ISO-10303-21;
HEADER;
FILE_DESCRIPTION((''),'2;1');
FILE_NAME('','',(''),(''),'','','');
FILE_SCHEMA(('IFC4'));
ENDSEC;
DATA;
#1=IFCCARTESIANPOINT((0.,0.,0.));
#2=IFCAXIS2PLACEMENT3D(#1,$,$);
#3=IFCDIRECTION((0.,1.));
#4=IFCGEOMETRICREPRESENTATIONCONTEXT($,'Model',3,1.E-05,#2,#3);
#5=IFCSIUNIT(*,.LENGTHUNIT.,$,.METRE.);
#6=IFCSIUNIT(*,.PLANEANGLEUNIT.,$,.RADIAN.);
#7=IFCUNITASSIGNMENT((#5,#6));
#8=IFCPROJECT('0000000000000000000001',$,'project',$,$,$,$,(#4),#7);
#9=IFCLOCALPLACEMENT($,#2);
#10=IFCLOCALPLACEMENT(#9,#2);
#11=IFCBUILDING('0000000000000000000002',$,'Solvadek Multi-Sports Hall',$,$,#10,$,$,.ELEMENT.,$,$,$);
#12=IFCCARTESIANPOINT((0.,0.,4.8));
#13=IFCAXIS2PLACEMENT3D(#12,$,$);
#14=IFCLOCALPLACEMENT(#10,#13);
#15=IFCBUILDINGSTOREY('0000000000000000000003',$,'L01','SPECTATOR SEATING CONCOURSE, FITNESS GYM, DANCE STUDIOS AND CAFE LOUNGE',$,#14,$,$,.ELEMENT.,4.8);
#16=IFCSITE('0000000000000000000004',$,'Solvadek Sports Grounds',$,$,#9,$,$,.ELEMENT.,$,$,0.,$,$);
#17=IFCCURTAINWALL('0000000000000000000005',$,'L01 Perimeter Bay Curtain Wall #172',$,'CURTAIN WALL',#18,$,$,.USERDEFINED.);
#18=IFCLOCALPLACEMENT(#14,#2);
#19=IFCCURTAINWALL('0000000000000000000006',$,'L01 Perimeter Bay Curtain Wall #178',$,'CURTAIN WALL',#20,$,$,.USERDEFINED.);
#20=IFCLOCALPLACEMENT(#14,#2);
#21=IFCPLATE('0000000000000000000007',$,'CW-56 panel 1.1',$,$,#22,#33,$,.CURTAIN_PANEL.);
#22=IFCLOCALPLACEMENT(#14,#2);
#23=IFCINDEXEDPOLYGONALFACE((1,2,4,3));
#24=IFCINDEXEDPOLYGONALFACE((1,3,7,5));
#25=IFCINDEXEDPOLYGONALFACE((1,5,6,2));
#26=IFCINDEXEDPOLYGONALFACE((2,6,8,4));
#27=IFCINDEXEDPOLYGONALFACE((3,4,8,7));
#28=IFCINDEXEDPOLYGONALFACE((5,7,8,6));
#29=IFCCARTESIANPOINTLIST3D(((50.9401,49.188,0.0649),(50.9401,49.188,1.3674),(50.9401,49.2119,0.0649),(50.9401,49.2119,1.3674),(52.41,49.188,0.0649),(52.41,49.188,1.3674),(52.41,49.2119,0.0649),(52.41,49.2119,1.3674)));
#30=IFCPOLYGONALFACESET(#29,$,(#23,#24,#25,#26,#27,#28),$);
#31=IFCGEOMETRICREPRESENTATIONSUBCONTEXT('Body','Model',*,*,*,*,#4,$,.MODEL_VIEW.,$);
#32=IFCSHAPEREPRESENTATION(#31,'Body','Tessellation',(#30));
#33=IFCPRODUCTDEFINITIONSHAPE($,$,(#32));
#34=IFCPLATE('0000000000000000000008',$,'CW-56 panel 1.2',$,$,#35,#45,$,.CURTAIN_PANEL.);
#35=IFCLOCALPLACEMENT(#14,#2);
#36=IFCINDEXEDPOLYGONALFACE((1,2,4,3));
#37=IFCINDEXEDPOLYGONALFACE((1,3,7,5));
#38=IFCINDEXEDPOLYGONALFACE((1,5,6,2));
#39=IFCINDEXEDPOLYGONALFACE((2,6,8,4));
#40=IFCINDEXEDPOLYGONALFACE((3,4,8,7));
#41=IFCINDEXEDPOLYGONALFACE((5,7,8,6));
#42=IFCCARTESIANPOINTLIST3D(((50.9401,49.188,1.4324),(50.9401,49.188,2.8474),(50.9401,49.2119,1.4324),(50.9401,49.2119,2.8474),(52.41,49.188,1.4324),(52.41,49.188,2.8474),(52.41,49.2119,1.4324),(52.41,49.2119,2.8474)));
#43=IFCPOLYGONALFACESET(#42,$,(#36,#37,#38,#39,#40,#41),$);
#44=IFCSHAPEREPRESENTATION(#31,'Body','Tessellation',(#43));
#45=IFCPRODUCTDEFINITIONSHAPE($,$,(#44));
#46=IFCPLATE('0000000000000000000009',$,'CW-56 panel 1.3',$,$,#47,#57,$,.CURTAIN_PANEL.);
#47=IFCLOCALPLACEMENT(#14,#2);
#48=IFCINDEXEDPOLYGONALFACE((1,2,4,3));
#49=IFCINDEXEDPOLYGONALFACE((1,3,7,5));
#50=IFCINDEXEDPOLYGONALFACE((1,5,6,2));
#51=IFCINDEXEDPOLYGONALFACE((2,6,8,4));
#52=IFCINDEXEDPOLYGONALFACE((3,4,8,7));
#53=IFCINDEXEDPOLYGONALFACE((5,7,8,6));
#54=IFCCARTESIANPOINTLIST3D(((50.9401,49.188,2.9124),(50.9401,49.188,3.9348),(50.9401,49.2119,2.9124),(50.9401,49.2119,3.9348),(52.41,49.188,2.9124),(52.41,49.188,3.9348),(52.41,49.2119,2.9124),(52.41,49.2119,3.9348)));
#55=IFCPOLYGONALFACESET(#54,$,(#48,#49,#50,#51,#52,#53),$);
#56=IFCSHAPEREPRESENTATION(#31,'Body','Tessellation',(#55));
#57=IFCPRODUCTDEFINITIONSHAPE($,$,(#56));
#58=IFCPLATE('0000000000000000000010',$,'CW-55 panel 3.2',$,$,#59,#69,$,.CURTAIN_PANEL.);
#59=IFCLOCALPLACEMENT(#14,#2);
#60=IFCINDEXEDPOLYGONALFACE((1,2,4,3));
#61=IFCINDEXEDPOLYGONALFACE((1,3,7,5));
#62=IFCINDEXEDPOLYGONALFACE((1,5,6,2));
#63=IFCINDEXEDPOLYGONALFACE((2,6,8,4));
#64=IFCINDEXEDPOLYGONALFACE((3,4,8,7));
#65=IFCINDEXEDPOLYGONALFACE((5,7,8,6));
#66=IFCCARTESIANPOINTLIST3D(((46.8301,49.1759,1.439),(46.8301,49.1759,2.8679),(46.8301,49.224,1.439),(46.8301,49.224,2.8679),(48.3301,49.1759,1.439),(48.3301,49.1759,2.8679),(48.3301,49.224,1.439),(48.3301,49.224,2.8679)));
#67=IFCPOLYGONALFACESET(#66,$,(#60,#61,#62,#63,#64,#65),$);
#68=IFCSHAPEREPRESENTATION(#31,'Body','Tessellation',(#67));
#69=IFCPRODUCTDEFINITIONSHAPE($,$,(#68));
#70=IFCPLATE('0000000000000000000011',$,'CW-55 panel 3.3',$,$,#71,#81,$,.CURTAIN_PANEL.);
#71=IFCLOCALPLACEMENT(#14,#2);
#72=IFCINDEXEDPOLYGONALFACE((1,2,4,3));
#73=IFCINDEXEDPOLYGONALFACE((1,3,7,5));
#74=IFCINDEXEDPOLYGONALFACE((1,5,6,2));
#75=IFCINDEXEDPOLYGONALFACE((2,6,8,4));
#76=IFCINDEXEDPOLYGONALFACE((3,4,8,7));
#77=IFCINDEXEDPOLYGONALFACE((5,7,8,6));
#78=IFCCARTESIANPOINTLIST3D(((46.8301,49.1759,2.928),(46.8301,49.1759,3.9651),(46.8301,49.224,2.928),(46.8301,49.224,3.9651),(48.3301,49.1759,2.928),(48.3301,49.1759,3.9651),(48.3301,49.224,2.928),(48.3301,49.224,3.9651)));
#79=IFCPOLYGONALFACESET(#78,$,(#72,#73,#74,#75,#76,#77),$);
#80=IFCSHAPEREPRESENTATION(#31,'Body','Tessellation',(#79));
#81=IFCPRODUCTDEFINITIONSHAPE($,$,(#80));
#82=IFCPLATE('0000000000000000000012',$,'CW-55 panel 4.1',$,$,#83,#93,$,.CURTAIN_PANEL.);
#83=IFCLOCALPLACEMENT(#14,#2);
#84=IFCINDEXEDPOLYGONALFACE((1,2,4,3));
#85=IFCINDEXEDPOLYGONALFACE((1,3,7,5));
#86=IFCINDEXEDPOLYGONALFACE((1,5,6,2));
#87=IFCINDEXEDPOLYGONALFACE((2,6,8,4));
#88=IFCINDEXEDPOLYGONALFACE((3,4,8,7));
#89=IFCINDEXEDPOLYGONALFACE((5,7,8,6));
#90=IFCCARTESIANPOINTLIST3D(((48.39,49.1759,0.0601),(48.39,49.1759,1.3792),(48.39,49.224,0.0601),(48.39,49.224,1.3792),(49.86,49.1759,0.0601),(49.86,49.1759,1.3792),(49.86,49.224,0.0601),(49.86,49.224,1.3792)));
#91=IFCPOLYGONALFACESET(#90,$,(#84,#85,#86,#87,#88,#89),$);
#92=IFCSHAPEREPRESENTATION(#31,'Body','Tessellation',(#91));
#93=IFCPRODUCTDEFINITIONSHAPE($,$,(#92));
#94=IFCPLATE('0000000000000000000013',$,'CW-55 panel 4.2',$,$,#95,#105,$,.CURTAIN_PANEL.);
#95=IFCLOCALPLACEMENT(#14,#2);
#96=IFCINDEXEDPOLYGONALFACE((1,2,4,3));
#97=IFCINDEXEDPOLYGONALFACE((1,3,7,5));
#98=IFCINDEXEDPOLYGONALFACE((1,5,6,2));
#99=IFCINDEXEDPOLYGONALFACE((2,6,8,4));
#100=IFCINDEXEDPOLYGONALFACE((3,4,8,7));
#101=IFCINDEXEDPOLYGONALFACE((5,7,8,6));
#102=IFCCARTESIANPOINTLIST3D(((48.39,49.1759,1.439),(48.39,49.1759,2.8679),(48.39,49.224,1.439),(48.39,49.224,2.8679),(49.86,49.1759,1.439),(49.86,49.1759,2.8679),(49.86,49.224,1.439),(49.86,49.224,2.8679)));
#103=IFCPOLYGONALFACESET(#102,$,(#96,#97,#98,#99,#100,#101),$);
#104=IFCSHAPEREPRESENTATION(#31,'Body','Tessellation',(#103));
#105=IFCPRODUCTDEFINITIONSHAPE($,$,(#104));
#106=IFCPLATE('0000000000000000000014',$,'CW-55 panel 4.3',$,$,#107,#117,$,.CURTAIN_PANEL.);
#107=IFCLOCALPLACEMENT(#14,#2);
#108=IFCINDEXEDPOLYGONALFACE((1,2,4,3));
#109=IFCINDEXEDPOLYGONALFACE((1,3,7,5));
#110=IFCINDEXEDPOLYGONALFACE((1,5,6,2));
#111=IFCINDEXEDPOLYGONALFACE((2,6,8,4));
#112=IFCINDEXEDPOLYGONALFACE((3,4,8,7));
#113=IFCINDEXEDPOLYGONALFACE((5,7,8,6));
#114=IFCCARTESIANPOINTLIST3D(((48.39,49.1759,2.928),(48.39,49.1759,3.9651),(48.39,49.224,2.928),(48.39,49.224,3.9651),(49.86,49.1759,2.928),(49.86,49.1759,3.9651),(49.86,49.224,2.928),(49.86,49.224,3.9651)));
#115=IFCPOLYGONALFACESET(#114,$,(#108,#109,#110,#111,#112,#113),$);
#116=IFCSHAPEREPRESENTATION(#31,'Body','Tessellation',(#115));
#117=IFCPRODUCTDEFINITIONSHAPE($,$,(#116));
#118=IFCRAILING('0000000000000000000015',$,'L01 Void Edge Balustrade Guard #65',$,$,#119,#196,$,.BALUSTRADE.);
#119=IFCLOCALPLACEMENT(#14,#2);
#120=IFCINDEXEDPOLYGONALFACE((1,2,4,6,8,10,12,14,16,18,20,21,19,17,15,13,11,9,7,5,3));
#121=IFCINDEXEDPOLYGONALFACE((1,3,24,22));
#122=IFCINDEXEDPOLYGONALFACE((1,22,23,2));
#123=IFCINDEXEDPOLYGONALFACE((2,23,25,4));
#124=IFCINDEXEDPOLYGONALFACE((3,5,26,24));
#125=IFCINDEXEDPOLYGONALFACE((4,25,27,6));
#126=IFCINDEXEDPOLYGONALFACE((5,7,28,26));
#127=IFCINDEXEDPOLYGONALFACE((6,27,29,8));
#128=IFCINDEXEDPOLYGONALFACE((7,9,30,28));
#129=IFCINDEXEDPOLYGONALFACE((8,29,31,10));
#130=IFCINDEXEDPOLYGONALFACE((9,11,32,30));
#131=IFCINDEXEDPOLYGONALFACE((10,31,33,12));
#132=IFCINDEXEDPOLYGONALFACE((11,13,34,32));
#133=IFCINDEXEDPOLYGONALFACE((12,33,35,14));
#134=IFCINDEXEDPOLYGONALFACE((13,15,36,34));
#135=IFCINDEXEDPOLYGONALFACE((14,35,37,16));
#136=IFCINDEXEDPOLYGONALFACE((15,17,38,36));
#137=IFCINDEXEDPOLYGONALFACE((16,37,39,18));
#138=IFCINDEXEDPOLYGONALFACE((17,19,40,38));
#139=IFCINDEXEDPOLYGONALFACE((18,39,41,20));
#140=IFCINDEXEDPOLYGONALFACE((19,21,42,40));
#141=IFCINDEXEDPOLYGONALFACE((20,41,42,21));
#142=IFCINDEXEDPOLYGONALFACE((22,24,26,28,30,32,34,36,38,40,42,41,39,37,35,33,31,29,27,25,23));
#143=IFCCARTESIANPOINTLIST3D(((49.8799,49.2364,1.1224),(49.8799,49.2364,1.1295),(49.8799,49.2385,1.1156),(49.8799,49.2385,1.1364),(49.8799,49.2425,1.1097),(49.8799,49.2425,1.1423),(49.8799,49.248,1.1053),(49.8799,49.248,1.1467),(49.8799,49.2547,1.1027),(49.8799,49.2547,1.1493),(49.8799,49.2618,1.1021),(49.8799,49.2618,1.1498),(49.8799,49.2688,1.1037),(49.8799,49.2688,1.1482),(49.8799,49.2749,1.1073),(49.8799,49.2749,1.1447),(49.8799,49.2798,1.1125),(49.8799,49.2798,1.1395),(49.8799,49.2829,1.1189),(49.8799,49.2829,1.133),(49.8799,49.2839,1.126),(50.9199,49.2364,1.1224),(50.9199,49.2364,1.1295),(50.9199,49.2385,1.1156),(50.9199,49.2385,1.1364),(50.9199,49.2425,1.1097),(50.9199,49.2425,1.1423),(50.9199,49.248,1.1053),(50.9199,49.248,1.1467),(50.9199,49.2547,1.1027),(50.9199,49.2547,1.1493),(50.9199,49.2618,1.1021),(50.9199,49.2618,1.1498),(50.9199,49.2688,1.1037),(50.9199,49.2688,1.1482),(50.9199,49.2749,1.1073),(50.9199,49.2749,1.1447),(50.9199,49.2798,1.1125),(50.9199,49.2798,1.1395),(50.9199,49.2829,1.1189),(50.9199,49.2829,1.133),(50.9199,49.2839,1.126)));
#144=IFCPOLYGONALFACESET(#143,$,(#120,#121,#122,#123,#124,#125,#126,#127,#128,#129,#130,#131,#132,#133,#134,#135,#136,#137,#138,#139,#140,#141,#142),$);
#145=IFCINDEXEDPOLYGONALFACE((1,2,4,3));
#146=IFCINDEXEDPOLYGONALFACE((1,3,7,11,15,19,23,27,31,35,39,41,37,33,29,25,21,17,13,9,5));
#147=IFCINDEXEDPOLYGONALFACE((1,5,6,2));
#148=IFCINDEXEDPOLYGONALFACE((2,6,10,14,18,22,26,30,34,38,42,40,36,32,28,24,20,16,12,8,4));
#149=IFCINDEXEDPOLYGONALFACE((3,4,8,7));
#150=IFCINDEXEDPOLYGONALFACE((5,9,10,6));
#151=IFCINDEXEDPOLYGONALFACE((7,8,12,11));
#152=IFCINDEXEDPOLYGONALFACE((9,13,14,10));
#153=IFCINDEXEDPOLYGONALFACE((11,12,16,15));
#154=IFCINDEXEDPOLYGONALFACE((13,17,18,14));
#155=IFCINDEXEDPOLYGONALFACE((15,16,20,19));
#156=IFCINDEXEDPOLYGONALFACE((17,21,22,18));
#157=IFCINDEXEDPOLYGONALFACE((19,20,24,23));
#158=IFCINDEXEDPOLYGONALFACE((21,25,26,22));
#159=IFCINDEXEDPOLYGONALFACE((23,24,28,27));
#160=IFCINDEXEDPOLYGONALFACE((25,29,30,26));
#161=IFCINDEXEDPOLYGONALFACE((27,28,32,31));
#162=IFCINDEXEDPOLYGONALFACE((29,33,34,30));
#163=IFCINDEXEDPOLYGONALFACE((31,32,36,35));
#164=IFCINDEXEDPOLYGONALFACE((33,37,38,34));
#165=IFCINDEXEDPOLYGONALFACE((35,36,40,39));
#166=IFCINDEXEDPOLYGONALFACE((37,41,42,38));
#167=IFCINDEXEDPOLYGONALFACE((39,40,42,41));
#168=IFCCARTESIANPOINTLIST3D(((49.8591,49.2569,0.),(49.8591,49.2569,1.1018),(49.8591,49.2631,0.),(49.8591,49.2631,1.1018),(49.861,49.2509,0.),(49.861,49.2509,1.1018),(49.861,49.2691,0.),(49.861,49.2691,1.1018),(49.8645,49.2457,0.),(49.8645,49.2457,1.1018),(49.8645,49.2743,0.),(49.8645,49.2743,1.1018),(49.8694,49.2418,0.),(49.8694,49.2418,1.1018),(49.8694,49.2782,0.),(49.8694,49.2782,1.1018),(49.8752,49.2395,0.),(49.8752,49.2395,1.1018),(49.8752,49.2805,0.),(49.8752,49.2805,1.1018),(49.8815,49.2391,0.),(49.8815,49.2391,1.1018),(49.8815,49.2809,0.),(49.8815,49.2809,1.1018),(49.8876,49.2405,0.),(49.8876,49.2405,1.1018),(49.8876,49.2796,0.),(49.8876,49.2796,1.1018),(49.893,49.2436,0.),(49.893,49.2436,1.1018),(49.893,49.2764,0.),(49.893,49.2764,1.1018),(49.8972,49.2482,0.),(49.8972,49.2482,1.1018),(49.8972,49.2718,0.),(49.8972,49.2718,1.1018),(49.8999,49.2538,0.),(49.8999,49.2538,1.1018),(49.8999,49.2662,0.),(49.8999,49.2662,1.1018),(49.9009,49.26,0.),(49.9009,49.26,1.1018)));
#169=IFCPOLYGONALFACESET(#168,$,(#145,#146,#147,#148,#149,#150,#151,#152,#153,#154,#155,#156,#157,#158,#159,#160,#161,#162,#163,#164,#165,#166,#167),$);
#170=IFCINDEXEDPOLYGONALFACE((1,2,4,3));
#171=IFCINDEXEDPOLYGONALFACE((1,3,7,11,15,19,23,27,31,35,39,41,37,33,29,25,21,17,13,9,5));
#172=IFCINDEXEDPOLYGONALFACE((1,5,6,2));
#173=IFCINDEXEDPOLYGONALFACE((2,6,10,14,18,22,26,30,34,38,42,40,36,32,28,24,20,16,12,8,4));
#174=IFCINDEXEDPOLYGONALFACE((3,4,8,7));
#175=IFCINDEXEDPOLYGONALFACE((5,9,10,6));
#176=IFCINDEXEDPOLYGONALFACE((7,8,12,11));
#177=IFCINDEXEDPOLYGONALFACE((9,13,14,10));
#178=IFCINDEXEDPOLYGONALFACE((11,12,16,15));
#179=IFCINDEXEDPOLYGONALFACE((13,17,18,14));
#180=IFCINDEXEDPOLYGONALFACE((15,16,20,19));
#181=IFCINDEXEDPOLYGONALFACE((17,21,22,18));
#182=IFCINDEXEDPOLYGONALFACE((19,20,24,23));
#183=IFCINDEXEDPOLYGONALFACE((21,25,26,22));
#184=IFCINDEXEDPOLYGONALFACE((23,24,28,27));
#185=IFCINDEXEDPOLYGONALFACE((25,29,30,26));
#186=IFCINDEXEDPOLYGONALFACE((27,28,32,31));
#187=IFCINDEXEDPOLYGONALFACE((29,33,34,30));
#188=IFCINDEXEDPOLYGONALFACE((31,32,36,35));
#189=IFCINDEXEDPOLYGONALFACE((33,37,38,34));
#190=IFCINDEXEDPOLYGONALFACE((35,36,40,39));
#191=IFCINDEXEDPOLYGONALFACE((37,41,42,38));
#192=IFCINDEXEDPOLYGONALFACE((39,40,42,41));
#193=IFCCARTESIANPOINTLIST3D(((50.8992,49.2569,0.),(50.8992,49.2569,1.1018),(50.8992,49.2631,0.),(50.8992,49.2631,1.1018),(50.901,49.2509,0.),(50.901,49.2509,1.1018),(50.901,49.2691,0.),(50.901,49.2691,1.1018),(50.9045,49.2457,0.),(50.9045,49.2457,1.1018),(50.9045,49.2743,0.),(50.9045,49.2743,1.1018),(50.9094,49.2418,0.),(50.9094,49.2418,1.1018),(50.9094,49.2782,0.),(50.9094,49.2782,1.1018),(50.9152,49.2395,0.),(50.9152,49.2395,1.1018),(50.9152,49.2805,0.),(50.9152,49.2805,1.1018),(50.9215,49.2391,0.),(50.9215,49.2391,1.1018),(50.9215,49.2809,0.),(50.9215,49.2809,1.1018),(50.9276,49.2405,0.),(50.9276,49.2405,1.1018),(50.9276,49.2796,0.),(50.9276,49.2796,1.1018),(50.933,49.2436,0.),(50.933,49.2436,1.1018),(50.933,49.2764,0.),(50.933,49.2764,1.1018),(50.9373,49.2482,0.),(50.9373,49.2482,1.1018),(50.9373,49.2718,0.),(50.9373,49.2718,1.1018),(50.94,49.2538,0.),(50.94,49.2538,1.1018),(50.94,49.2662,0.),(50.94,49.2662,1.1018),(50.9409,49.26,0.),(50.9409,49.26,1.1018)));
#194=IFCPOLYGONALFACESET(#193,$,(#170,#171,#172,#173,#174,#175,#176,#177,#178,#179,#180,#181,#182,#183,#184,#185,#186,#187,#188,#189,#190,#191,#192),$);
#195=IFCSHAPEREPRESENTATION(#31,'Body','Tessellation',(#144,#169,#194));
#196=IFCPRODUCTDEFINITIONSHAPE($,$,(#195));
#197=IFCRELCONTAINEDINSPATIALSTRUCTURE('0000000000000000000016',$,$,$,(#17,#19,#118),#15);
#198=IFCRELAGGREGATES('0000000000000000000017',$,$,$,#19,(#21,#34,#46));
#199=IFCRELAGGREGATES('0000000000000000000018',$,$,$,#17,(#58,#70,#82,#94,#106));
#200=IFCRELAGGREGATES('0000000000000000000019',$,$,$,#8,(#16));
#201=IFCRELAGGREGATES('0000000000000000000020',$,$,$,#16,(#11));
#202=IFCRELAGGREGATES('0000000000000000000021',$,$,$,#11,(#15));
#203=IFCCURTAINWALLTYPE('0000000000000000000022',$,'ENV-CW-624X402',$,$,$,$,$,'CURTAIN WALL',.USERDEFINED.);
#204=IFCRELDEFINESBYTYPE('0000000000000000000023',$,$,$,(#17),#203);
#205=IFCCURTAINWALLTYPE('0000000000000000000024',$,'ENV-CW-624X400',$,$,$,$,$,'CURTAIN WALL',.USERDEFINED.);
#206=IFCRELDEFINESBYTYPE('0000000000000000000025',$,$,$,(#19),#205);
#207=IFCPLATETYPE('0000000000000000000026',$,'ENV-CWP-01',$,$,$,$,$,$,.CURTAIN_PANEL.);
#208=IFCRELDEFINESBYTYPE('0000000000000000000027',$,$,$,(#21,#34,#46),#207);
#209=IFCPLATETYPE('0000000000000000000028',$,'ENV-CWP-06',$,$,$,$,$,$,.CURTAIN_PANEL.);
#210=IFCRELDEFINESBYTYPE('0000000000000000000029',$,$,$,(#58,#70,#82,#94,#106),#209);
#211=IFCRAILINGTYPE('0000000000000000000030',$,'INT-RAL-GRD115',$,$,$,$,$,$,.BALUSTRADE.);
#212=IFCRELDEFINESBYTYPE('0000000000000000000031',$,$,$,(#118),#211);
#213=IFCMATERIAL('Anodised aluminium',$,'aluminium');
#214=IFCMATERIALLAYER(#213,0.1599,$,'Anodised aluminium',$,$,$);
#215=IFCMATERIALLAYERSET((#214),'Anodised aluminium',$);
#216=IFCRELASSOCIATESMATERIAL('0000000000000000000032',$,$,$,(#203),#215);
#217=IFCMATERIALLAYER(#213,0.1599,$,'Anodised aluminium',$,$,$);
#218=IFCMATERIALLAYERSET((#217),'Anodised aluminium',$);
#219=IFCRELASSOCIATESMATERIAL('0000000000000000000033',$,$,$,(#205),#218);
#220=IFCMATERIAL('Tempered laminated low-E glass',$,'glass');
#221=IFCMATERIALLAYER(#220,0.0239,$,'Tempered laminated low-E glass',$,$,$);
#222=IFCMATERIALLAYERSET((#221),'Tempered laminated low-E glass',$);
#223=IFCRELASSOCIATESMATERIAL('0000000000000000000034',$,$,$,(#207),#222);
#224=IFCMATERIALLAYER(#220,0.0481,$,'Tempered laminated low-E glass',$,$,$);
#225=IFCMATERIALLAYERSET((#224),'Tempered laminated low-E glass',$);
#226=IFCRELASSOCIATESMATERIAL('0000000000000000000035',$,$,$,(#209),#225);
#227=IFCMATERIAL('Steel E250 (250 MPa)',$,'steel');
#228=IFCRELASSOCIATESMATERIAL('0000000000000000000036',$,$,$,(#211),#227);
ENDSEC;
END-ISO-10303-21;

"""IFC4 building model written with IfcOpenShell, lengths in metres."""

from ifc_helpers import new_model, si_unit, direction, frame, origin, origin_2d, place, context, subcontext, project, spatial, rectangle, circle, extrude, material, layer, layer_set, type_object, element, aggregate, save


model = new_model("IFC4")

# Units and contexts
model_context = context("Model", 3, precision=1e-05, world=origin(), true_north=direction((0.0, 1.0)))
body_context = subcontext(model_context, "Body", "Model", "MODEL_VIEW")
ifc_project = project(units=[si_unit("LENGTHUNIT", "METRE"), si_unit("PLANEANGLEUNIT", "RADIAN")], contexts=[model_context])

# Site, building, storey
site_placement = place(None, origin())
site = spatial("IfcSite", under=ifc_project, at=site_placement, Name="Solvadek Sports Grounds", CompositionType="ELEMENT", RefElevation=0.0)
building_placement = place(site_placement, origin())
building = spatial("IfcBuilding", under=site, at=building_placement, Name="Solvadek Multi-Sports Hall", CompositionType="ELEMENT")
storey_placement = place(building_placement, frame((0.0, 0.0, 4.8)))
storey = spatial("IfcBuildingStorey", under=building, at=storey_placement, Name="L01", Description="SPECTATOR SEATING CONCOURSE, FITNESS GYM, DANCE STUDIOS AND CAFE LOUNGE", CompositionType="ELEMENT", Elevation=4.8)

# Curtain wall
ifc_material_1 = material(Name="Anodised aluminium", Category="aluminium")
ifc_layer_1 = layer(ifc_material_1, 0.1599, Name="Anodised aluminium")
ifc_layer_set_1 = layer_set([ifc_layer_1], Name="Anodised aluminium")
curtain_wall_type_1 = type_object("IfcCurtainWallType", Name="ENV-CW-624X402", ElementType="CURTAIN WALL", PredefinedType="USERDEFINED", material=ifc_layer_set_1)
curtain_wall_1_placement = place(storey_placement, origin())
curtain_wall_1 = element("IfcCurtainWall", 1, at=curtain_wall_1_placement, inside=storey, type_object=curtain_wall_type_1, Name="L01 Perimeter Bay Curtain Wall #172", ObjectType="CURTAIN WALL", PredefinedType="USERDEFINED")

# Curtain wall
ifc_layer_2 = layer(ifc_material_1, 0.1599, Name="Anodised aluminium")
ifc_layer_set_2 = layer_set([ifc_layer_2], Name="Anodised aluminium")
curtain_wall_type_2 = type_object("IfcCurtainWallType", Name="ENV-CW-624X400", ElementType="CURTAIN WALL", PredefinedType="USERDEFINED", material=ifc_layer_set_2)
curtain_wall_2_placement = place(storey_placement, origin())
curtain_wall_2 = element("IfcCurtainWall", 2, at=curtain_wall_2_placement, inside=storey, type_object=curtain_wall_type_2, Name="L01 Perimeter Bay Curtain Wall #178", ObjectType="CURTAIN WALL", PredefinedType="USERDEFINED")

# Plates
ifc_material_2 = material(Name="Tempered laminated low-E glass", Category="glass")
ifc_layer_3 = layer(ifc_material_2, 0.0239, Name="Tempered laminated low-E glass")
ifc_layer_set_3 = layer_set([ifc_layer_3], Name="Tempered laminated low-E glass")
plate_type_1 = type_object("IfcPlateType", Name="ENV-CWP-01", PredefinedType="CURTAIN_PANEL", material=ifc_layer_set_3)
plate_1_placement = place(storey_placement, frame((51.675, 49.2, 0.0649), z_axis=(0.0, 0.0, 1.0), x_axis=(1.0, 0.0, 0.0)))
plate_1 = element("IfcPlate", 3, at=plate_1_placement, type_object=plate_type_1, Name="CW-56 panel 1.1", PredefinedType="CURTAIN_PANEL", context=body_context, shape_type="SweptSolid", body=[
    extrude(rectangle(XDim=1.47, YDim=0.0239, at=origin_2d()), origin(), (0.0, 0.0, 1.0), 1.3025),
])
plate_2_placement = place(storey_placement, frame((51.675, 49.2, 1.4324), z_axis=(0.0, 0.0, 1.0), x_axis=(1.0, 0.0, 0.0)))
plate_2 = element("IfcPlate", 4, at=plate_2_placement, type_object=plate_type_1, Name="CW-56 panel 1.2", PredefinedType="CURTAIN_PANEL", context=body_context, shape_type="SweptSolid", body=[
    extrude(rectangle(XDim=1.47, YDim=0.0239, at=origin_2d()), origin(), (0.0, 0.0, 1.0), 1.415),
])
plate_3_placement = place(storey_placement, frame((51.675, 49.2, 2.9124), z_axis=(0.0, 0.0, 1.0), x_axis=(1.0, 0.0, 0.0)))
plate_3 = element("IfcPlate", 5, at=plate_3_placement, type_object=plate_type_1, Name="CW-56 panel 1.3", PredefinedType="CURTAIN_PANEL", context=body_context, shape_type="SweptSolid", body=[
    extrude(rectangle(XDim=1.47, YDim=0.0239, at=origin_2d()), origin(), (0.0, 0.0, 1.0), 1.0225),
])
aggregate(curtain_wall_2, [plate_1, plate_2, plate_3])
ifc_layer_4 = layer(ifc_material_2, 0.0481, Name="Tempered laminated low-E glass")
ifc_layer_set_4 = layer_set([ifc_layer_4], Name="Tempered laminated low-E glass")
plate_type_2 = type_object("IfcPlateType", Name="ENV-CWP-06", PredefinedType="CURTAIN_PANEL", material=ifc_layer_set_4)
plate_4_placement = place(storey_placement, frame((47.5801, 49.2, 1.439), z_axis=(0.0, 0.0, 1.0), x_axis=(1.0, 0.0, 0.0)))
plate_4 = element("IfcPlate", 6, at=plate_4_placement, type_object=plate_type_2, Name="CW-55 panel 3.2", PredefinedType="CURTAIN_PANEL", context=body_context, shape_type="SweptSolid", body=[
    extrude(rectangle(XDim=1.5, YDim=0.0481, at=origin_2d()), origin(), (0.0, 0.0, 1.0), 1.429),
])
plate_5_placement = place(storey_placement, frame((47.5801, 49.2, 2.928), z_axis=(0.0, 0.0, 1.0), x_axis=(1.0, 0.0, 0.0)))
plate_5 = element("IfcPlate", 7, at=plate_5_placement, type_object=plate_type_2, Name="CW-55 panel 3.3", PredefinedType="CURTAIN_PANEL", context=body_context, shape_type="SweptSolid", body=[
    extrude(rectangle(XDim=1.5, YDim=0.0481, at=origin_2d()), origin(), (0.0, 0.0, 1.0), 1.0371),
])
plate_6_placement = place(storey_placement, frame((49.125, 49.2, 0.0601), z_axis=(0.0, 0.0, 1.0), x_axis=(1.0, 0.0, 0.0)))
plate_6 = element("IfcPlate", 8, at=plate_6_placement, type_object=plate_type_2, Name="CW-55 panel 4.1", PredefinedType="CURTAIN_PANEL", context=body_context, shape_type="SweptSolid", body=[
    extrude(rectangle(XDim=1.47, YDim=0.0481, at=origin_2d()), origin(), (0.0, 0.0, 1.0), 1.3191),
])
plate_7_placement = place(storey_placement, frame((49.125, 49.2, 1.439), z_axis=(0.0, 0.0, 1.0), x_axis=(1.0, 0.0, 0.0)))
plate_7 = element("IfcPlate", 9, at=plate_7_placement, type_object=plate_type_2, Name="CW-55 panel 4.2", PredefinedType="CURTAIN_PANEL", context=body_context, shape_type="SweptSolid", body=[
    extrude(rectangle(XDim=1.47, YDim=0.0481, at=origin_2d()), origin(), (0.0, 0.0, 1.0), 1.429),
])
plate_8_placement = place(storey_placement, frame((49.125, 49.2, 2.928), z_axis=(0.0, 0.0, 1.0), x_axis=(1.0, 0.0, 0.0)))
plate_8 = element("IfcPlate", 10, at=plate_8_placement, type_object=plate_type_2, Name="CW-55 panel 4.3", PredefinedType="CURTAIN_PANEL", context=body_context, shape_type="SweptSolid", body=[
    extrude(rectangle(XDim=1.47, YDim=0.0481, at=origin_2d()), origin(), (0.0, 0.0, 1.0), 1.0371),
])
aggregate(curtain_wall_1, [plate_4, plate_5, plate_6, plate_7, plate_8])

# Railing
ifc_material_3 = material(Name="Steel E250 (250 MPa)", Category="steel")
railing_type = type_object("IfcRailingType", Name="INT-RAL-GRD115", PredefinedType="BALUSTRADE", material=ifc_material_3)
railing_placement = place(storey_placement, frame((49.8799, 49.26, 0.0)))
element("IfcRailing", 11, at=railing_placement, inside=storey, type_object=railing_type, Name="L01 Void Edge Balustrade Guard #65", PredefinedType="BALUSTRADE", context=body_context, shape_type="SweptSolid", body=[
    extrude(circle(Radius=0.0239, at=origin_2d()), frame((0.0, 0.0, 1.126), z_axis=(1.0, 0.0, 0.0), x_axis=(0.0, 1.0, 0.0)), (0.0, 0.0, 1.0), 1.04),
    extrude(circle(Radius=0.021, at=origin_2d()), origin(), (0.0, 0.0, 1.0), 1.1018),
    extrude(circle(Radius=0.021, at=origin_2d()), frame((1.04, 0.0, 0.0)), (0.0, 0.0, 1.0), 1.1018),
])

save(model, "model.ifc")
